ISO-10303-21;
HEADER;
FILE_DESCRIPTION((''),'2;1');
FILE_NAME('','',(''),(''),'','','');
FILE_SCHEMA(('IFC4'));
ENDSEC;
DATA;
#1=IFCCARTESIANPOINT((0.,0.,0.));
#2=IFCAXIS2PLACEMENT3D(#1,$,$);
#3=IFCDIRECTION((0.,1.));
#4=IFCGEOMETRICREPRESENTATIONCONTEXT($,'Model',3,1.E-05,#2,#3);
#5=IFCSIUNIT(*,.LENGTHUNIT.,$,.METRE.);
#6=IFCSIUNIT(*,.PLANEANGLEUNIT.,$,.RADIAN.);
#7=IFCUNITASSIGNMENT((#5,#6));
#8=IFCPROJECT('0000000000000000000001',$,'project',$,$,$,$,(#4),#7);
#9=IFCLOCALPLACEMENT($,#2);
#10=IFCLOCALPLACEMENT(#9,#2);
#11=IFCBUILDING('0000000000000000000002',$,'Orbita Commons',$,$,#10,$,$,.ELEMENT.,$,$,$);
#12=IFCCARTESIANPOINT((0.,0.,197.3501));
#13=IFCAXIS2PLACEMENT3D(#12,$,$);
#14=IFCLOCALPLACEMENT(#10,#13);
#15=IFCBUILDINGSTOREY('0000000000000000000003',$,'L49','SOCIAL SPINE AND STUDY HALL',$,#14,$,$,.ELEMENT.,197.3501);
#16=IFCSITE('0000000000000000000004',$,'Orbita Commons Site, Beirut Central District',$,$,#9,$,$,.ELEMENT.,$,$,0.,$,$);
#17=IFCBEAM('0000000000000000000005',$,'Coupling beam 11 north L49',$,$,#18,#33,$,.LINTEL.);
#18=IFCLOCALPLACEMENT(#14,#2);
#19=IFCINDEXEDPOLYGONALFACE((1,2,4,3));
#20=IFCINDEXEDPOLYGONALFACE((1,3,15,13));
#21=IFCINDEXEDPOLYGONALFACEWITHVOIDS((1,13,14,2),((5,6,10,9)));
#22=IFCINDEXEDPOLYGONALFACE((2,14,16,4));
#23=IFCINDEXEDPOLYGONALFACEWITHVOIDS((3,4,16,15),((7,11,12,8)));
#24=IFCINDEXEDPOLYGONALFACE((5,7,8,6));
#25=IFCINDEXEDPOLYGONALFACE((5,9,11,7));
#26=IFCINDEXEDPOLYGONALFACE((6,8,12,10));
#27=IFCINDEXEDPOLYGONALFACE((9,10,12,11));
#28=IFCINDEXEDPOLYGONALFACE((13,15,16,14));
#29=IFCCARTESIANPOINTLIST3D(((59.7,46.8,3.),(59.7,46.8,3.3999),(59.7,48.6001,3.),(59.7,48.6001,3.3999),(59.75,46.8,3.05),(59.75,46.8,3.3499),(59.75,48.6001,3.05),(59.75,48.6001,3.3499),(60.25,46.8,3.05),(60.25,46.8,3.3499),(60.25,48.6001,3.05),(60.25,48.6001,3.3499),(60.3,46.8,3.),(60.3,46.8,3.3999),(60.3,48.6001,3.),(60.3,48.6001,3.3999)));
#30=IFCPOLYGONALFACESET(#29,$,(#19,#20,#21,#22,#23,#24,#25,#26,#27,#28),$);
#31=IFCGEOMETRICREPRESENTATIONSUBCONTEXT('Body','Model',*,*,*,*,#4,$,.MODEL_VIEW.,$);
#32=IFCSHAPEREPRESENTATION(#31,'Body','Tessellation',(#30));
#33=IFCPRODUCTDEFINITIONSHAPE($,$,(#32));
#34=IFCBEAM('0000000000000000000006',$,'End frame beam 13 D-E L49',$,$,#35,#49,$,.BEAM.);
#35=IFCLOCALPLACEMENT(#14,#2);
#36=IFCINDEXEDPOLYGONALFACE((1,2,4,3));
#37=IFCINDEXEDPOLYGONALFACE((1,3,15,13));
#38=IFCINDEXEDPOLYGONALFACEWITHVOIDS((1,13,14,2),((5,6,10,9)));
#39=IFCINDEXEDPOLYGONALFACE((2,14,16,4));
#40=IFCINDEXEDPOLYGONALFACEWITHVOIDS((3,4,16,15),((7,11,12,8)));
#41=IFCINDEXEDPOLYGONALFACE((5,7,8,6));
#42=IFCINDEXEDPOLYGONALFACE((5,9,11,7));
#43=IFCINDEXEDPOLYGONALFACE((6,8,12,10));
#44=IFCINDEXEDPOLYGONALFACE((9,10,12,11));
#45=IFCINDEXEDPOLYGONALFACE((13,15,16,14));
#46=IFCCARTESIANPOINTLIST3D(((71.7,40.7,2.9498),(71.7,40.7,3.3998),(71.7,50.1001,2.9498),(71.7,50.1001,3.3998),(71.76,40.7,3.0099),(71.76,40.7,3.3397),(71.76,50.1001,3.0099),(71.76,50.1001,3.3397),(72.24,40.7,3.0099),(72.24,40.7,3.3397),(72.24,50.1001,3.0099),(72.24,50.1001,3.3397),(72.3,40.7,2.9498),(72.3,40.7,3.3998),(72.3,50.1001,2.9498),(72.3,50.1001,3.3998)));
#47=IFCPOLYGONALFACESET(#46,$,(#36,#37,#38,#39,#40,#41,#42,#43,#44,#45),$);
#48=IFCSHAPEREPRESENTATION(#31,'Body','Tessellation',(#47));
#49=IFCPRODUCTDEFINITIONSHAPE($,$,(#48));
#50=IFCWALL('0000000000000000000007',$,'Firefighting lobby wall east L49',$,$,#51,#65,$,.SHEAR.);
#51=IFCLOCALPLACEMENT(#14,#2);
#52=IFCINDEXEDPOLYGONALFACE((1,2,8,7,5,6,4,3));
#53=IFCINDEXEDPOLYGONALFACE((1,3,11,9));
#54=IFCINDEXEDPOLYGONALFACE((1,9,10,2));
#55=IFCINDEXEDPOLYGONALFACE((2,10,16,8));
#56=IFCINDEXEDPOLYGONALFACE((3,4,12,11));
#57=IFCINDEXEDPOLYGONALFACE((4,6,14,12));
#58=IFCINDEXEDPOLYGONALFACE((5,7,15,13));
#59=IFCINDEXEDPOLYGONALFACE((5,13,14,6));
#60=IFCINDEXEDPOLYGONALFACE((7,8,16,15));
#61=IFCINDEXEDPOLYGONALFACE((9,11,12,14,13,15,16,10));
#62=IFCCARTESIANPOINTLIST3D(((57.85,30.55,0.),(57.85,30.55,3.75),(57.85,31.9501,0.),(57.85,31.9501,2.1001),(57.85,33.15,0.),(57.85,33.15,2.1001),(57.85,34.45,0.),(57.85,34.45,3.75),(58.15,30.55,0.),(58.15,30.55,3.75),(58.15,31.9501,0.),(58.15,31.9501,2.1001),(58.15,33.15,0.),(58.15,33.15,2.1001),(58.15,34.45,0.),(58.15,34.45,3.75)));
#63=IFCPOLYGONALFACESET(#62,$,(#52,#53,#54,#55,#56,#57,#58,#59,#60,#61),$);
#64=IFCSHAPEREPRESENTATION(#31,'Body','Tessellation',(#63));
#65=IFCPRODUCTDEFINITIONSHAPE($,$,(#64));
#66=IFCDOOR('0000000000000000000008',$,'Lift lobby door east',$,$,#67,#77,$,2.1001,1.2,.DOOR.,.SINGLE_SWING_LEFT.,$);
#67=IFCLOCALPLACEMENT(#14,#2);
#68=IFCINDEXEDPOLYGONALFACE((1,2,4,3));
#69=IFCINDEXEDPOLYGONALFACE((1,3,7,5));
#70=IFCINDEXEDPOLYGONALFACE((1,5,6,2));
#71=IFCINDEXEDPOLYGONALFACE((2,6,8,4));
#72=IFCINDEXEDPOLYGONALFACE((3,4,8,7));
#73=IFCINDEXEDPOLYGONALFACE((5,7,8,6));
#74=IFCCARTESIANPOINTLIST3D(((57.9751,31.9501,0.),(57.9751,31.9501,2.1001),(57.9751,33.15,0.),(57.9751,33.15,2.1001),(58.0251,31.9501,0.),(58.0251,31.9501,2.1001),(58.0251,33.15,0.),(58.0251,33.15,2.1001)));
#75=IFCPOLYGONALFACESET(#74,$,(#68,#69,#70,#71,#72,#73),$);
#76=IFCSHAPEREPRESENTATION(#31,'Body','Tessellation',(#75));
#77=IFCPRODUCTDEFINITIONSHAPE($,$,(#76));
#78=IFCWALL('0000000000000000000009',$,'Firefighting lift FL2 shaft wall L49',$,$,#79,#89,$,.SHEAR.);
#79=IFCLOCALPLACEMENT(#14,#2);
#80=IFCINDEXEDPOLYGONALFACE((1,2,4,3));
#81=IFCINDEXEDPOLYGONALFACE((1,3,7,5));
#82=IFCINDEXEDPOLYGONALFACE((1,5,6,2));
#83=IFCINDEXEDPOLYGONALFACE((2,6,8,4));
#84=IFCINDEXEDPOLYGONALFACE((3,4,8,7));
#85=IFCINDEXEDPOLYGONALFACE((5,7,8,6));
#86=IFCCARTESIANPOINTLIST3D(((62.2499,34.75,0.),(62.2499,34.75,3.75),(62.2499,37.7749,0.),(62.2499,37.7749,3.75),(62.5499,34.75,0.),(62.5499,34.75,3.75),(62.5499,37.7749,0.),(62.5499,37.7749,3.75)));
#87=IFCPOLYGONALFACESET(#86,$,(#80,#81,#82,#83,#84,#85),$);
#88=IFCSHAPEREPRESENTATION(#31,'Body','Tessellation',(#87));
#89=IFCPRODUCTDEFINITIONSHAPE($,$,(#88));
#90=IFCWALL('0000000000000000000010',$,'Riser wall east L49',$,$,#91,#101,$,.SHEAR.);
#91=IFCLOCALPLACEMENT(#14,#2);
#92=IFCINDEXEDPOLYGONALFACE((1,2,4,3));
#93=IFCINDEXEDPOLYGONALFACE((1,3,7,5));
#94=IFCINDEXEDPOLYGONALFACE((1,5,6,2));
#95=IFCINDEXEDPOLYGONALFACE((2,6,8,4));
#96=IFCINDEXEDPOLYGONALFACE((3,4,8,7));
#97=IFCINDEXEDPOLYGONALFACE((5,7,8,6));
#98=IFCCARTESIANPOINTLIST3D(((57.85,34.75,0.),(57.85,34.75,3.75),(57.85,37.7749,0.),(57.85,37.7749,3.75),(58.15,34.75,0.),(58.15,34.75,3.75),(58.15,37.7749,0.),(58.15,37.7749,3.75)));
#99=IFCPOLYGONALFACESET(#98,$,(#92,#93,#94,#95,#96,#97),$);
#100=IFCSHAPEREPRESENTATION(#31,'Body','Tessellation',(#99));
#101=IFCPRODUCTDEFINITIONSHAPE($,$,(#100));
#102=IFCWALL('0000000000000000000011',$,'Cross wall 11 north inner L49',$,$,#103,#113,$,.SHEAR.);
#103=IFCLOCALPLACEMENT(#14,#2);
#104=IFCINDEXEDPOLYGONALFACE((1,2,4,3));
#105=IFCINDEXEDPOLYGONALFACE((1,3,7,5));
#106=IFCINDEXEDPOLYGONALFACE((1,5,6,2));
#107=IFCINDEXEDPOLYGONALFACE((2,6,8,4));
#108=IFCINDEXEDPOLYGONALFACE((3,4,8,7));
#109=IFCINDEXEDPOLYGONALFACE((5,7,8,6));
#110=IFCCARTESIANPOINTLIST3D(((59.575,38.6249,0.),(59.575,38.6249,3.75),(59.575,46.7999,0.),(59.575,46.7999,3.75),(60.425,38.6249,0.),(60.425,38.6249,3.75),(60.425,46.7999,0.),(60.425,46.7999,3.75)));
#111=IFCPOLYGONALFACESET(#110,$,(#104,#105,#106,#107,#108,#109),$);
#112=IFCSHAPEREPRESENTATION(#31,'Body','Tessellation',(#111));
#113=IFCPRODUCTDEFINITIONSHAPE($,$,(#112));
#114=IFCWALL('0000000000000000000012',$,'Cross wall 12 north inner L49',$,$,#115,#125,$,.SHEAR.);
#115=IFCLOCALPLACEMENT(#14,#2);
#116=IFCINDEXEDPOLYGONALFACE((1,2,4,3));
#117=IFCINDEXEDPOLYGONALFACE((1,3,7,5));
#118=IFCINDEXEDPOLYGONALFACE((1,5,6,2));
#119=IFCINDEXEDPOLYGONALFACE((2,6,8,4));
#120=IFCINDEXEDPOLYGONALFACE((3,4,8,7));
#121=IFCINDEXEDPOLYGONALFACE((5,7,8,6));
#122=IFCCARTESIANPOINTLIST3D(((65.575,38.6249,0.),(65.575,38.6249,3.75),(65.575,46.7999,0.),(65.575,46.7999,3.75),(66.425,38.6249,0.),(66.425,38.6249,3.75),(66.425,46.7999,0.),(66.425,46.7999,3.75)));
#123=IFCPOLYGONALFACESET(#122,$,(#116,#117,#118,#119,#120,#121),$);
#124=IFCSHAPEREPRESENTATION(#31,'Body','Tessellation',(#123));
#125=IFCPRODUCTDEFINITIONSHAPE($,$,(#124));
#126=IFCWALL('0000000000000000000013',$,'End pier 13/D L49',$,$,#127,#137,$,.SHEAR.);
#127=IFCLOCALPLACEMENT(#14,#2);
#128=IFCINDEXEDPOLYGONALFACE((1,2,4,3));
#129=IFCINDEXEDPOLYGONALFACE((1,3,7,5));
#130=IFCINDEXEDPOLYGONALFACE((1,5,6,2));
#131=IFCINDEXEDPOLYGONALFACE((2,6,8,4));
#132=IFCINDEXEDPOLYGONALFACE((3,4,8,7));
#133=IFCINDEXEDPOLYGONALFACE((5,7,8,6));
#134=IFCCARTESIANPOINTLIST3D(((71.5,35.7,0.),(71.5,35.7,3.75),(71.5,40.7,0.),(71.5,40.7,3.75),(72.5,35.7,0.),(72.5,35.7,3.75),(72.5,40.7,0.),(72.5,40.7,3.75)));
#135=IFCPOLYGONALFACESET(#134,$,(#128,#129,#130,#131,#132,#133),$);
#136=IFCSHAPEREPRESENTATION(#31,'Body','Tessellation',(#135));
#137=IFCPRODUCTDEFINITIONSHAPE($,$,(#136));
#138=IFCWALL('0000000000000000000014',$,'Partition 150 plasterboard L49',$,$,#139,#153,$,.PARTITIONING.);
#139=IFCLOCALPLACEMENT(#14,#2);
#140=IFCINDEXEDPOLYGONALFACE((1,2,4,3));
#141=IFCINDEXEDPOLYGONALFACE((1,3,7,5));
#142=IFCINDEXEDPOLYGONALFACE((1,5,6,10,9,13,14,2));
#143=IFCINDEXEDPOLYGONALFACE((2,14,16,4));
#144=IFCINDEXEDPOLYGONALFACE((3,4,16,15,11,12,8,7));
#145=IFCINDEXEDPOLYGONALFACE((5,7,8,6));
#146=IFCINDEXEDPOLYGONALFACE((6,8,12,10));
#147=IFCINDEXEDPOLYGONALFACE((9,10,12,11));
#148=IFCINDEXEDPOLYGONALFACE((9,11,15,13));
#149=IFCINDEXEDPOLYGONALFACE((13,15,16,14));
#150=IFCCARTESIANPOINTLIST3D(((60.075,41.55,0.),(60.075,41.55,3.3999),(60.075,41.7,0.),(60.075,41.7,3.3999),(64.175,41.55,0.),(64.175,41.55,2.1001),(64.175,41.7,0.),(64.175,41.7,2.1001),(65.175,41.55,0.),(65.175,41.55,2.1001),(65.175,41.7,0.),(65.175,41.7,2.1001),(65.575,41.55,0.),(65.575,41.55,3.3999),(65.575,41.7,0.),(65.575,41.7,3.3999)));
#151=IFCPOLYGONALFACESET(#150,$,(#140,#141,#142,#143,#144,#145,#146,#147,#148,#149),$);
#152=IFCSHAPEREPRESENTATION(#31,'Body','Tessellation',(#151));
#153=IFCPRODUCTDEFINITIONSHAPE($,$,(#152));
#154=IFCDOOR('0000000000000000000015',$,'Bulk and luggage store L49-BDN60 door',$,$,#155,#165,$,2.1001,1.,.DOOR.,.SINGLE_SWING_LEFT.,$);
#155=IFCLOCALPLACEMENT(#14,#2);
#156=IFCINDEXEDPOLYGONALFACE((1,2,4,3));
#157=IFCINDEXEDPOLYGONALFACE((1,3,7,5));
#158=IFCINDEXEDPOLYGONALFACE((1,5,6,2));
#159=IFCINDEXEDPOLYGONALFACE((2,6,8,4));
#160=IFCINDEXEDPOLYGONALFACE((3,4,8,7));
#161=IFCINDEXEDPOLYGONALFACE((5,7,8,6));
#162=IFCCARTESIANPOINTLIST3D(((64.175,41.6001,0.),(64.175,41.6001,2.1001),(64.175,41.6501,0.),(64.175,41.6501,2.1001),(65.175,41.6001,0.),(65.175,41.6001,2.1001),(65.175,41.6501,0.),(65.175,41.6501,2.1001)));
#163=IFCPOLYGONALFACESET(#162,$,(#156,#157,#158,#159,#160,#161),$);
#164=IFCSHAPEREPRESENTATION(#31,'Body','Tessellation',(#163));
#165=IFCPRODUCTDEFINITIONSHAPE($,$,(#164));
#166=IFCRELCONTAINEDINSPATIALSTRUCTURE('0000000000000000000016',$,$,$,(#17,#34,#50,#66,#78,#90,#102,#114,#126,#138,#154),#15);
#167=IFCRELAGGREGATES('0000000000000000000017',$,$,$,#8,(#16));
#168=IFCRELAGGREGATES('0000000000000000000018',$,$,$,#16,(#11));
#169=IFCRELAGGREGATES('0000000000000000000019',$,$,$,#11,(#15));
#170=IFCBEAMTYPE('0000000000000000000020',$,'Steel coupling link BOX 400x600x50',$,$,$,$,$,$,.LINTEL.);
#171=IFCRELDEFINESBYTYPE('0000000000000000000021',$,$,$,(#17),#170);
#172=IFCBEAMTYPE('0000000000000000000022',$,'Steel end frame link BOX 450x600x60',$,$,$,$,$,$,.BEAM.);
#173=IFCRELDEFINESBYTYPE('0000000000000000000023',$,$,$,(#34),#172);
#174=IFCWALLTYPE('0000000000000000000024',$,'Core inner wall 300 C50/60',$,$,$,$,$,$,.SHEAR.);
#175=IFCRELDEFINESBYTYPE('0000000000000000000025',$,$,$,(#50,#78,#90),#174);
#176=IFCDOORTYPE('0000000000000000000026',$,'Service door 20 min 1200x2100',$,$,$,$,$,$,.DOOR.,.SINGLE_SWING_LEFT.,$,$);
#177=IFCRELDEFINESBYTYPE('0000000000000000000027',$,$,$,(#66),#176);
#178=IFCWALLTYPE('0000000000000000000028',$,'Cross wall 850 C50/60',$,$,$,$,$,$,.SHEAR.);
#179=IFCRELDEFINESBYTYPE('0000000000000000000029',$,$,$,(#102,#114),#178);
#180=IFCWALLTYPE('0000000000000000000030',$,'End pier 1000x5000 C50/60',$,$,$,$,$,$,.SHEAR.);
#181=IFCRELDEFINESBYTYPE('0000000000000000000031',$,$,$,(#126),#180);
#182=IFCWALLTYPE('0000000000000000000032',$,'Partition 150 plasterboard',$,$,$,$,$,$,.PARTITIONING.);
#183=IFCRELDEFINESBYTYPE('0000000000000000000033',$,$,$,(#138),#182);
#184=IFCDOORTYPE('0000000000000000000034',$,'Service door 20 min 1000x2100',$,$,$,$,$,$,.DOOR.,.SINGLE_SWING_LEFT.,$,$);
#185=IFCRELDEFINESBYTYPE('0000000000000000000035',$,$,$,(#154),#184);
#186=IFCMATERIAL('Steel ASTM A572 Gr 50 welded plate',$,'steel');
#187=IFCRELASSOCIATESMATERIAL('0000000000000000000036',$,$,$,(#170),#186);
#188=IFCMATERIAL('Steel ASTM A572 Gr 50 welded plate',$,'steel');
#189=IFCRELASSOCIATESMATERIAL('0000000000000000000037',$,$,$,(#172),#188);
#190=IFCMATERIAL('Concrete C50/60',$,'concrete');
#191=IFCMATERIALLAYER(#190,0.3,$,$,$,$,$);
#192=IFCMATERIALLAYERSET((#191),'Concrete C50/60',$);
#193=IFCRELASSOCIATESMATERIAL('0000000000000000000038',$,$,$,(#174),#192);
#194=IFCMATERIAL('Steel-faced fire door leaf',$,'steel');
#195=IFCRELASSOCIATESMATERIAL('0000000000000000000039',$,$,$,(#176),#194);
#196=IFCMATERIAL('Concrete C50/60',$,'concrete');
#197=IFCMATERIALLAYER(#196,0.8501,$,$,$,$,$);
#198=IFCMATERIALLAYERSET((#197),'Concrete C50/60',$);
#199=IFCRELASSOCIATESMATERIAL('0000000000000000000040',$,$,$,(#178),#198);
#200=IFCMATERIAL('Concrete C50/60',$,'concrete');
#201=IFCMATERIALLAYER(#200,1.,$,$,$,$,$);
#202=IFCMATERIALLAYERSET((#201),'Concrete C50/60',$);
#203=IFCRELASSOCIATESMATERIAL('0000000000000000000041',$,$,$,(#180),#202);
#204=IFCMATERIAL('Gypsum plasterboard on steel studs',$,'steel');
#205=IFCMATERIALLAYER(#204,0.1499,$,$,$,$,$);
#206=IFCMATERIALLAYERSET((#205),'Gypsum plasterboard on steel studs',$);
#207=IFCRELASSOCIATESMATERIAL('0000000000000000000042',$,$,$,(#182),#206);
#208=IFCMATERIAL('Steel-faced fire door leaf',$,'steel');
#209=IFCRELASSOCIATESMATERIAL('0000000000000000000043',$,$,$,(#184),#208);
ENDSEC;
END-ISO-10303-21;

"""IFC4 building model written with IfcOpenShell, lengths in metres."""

from ifc_helpers import new_model, si_unit, direction, frame, frame_2d, origin, origin_2d, place, context, subcontext, project, spatial, rectangle, hollow_rectangle, extrude, material, layer, layer_set, material_profile, profile_set, type_object, element, fill, save


model = new_model("IFC4")

# Units and contexts
model_context = context("Model", 3, precision=1e-05, world=origin(), true_north=direction((0.0, 1.0)))
body_context = subcontext(model_context, "Body", "Model", "MODEL_VIEW")
ifc_project = project(units=[si_unit("LENGTHUNIT", "METRE"), si_unit("PLANEANGLEUNIT", "RADIAN")], contexts=[model_context])

# Site, building, storey
site_placement = place(None, origin())
site = spatial("IfcSite", under=ifc_project, at=site_placement, Name="Orbita Commons Site, Beirut Central District", CompositionType="ELEMENT", RefElevation=0.0)
building_placement = place(site_placement, origin())
building = spatial("IfcBuilding", under=site, at=building_placement, Name="Orbita Commons", CompositionType="ELEMENT")
storey_placement = place(building_placement, frame((0.0, 0.0, 197.3501)))
storey = spatial("IfcBuildingStorey", under=building, at=storey_placement, Name="L49", Description="SOCIAL SPINE AND STUDY HALL", CompositionType="ELEMENT", Elevation=197.3501)

# Beams
ifc_material_1 = material(Name="Steel ASTM A572 Gr 50 welded plate", Category="steel")
ifc_material_profile_1 = material_profile(ifc_material_1, hollow_rectangle(XDim=0.6001, YDim=0.3999, WallThickness=0.05, at=origin_2d()), Name="BOX 400x600x50")
ifc_profile_set_1 = profile_set([ifc_material_profile_1], Name="Steel ASTM A572 Gr 50 welded plate")
beam_type_1 = type_object("IfcBeamType", Name="Steel coupling link BOX 400x600x50", PredefinedType="LINTEL", material=ifc_profile_set_1)
beam_1_placement = place(storey_placement, frame((60.0, 46.8, 3.2), z_axis=(0.0, 1.0, 0.0), x_axis=(-1.0, 0.0, 0.0)))
element("IfcBeam", 1, at=beam_1_placement, inside=storey, type_object=beam_type_1, Name="Coupling beam 11 north L49", PredefinedType="LINTEL", context=body_context, shape_type="SweptSolid", body=[
    extrude(hollow_rectangle(XDim=0.6001, YDim=0.3999, WallThickness=0.05, at=origin_2d()), origin(), (0.0, 0.0, 1.0), 1.8),
])
ifc_material_2 = material(Name="Steel ASTM A572 Gr 50 welded plate", Category="steel")
ifc_material_profile_2 = material_profile(ifc_material_2, hollow_rectangle(XDim=0.6001, YDim=0.45, WallThickness=0.0601, at=origin_2d()), Name="BOX 450x600x60")
ifc_profile_set_2 = profile_set([ifc_material_profile_2], Name="Steel ASTM A572 Gr 50 welded plate")
beam_type_2 = type_object("IfcBeamType", Name="Steel end frame link BOX 450x600x60", PredefinedType="BEAM", material=ifc_profile_set_2)
beam_2_placement = place(storey_placement, frame((72.0, 40.7, 3.1748), z_axis=(0.0, 1.0, 0.0), x_axis=(-1.0, 0.0, 0.0)))
element("IfcBeam", 2, at=beam_2_placement, inside=storey, type_object=beam_type_2, Name="End frame beam 13 D-E L49", PredefinedType="BEAM", context=body_context, shape_type="SweptSolid", body=[
    extrude(hollow_rectangle(XDim=0.6001, YDim=0.45, WallThickness=0.0601, at=origin_2d()), origin(), (0.0, 0.0, 1.0), 9.4001),
])

# Wall, opening, door
ifc_material_3 = material(Name="Concrete C50/60", Category="concrete")
ifc_layer_1 = layer(ifc_material_3, 0.3)
ifc_layer_set_1 = layer_set([ifc_layer_1], Name="Concrete C50/60")
wall_type_1 = type_object("IfcWallType", Name="Core inner wall 300 C50/60", PredefinedType="SHEAR", material=ifc_layer_set_1)
wall_1_placement = place(storey_placement, frame((58.0, 30.55, 0.0), z_axis=(0.0, 0.0, 1.0), x_axis=(0.0, 1.0, 0.0)))
wall_1 = element("IfcWall", 3, at=wall_1_placement, inside=storey, type_object=wall_type_1, Name="Firefighting lobby wall east L49", PredefinedType="SHEAR", context=body_context, shape_type="SweptSolid", body=[
    extrude(rectangle(XDim=3.8999, YDim=0.3, at=frame_2d((1.95, 0.0))), origin(), (0.0, 0.0, 1.0), 3.75),
])
opening_1_placement = place(wall_1_placement, frame((1.3999, 0.0, 0.0)))
opening_1 = element("IfcOpeningElement", 4, at=opening_1_placement, cuts=wall_1, PredefinedType="OPENING", context=body_context, shape_type="SweptSolid", body=[
    extrude(rectangle(XDim=1.2, YDim=2.1001, at=frame_2d((0.6001, 1.05))), frame((0.0, 0.1599, 0.0), z_axis=(0.0, -1.0, 0.0), x_axis=(1.0, 0.0, 0.0)), (0.0, 0.0, 1.0), 0.3201),
])
ifc_material_4 = material(Name="Steel-faced fire door leaf", Category="steel")
door_type_1 = type_object("IfcDoorType", Name="Service door 20 min 1200x2100", OperationType="SINGLE_SWING_LEFT", PredefinedType="DOOR", material=ifc_material_4)
door_1_placement = place(opening_1_placement, origin())
door_1 = element("IfcDoor", 5, at=door_1_placement, inside=storey, type_object=door_type_1, Name="Lift lobby door east", OperationType="SINGLE_SWING_LEFT", OverallHeight=2.1001, OverallWidth=1.2, PredefinedType="DOOR", context=body_context, shape_type="SweptSolid", body=[
    extrude(rectangle(XDim=1.2, YDim=2.1001, at=frame_2d((0.6001, 1.05))), frame((0.0, 0.0249, 0.0), z_axis=(0.0, -1.0, 0.0), x_axis=(1.0, 0.0, 0.0)), (0.0, 0.0, 1.0), 0.05),
])
fill(opening_1, door_1)

# Walls
for number, where, z_axis, x_axis, name in (
    (6, (62.3999, 34.75, 0.0), (0.0, 0.0, 1.0), (0.0, 1.0, 0.0), "Firefighting lift FL2 shaft wall L49"),
    (7, (58.0, 34.75, 0.0), (0.0, 0.0, 1.0), (0.0, 1.0, 0.0), "Riser wall east L49"),
):
    element("IfcWall", number, at=place(storey_placement, frame(where, z_axis=z_axis, x_axis=x_axis)), inside=storey, type_object=wall_type_1, Name=name, PredefinedType="SHEAR", context=body_context, shape_type="SweptSolid", body=[
        extrude(rectangle(XDim=3.0249, YDim=0.3, at=frame_2d((1.5125, 0.0))), origin(), (0.0, 0.0, 1.0), 3.75),
    ])
ifc_material_5 = material(Name="Concrete C50/60", Category="concrete")
ifc_layer_2 = layer(ifc_material_5, 0.8501)
ifc_layer_set_2 = layer_set([ifc_layer_2], Name="Concrete C50/60")
wall_type_2 = type_object("IfcWallType", Name="Cross wall 850 C50/60", PredefinedType="SHEAR", material=ifc_layer_set_2)
for number, where, z_axis, x_axis, name in (
    (8, (60.0, 38.625, 0.0), (0.0, 0.0, 1.0), (0.0, 1.0, 0.0), "Cross wall 11 north inner L49"),
    (9, (66.0, 38.625, 0.0), (0.0, 0.0, 1.0), (0.0, 1.0, 0.0), "Cross wall 12 north inner L49"),
):
    element("IfcWall", number, at=place(storey_placement, frame(where, z_axis=z_axis, x_axis=x_axis)), inside=storey, type_object=wall_type_2, Name=name, PredefinedType="SHEAR", context=body_context, shape_type="SweptSolid", body=[
        extrude(rectangle(XDim=8.175, YDim=0.8501, at=frame_2d((4.0874, 0.0))), origin(), (0.0, 0.0, 1.0), 3.75),
    ])
ifc_material_6 = material(Name="Concrete C50/60", Category="concrete")
ifc_layer_3 = layer(ifc_material_6, 1.0)
ifc_layer_set_3 = layer_set([ifc_layer_3], Name="Concrete C50/60")
wall_type_3 = type_object("IfcWallType", Name="End pier 1000x5000 C50/60", PredefinedType="SHEAR", material=ifc_layer_set_3)
wall_2_placement = place(storey_placement, frame((72.0, 35.7, 0.0), z_axis=(0.0, 0.0, 1.0), x_axis=(0.0, 1.0, 0.0)))
element("IfcWall", 10, at=wall_2_placement, inside=storey, type_object=wall_type_3, Name="End pier 13/D L49", PredefinedType="SHEAR", context=body_context, shape_type="SweptSolid", body=[
    extrude(rectangle(XDim=5.0, YDim=1.0, at=frame_2d((2.5, 0.0))), origin(), (0.0, 0.0, 1.0), 3.75),
])

# Wall, opening, door
ifc_material_7 = material(Name="Gypsum plasterboard on steel studs", Category="steel")
ifc_layer_4 = layer(ifc_material_7, 0.1499)
ifc_layer_set_4 = layer_set([ifc_layer_4], Name="Gypsum plasterboard on steel studs")
wall_type_4 = type_object("IfcWallType", Name="Partition 150 plasterboard", PredefinedType="PARTITIONING", material=ifc_layer_set_4)
wall_3_placement = place(storey_placement, frame((65.575, 41.625, 0.0), z_axis=(0.0, 0.0, 1.0), x_axis=(-1.0, 0.0, 0.0)))
wall_3 = element("IfcWall", 11, at=wall_3_placement, inside=storey, type_object=wall_type_4, Name="Partition 150 plasterboard L49", PredefinedType="PARTITIONING", context=body_context, shape_type="SweptSolid", body=[
    extrude(rectangle(XDim=5.5, YDim=0.1499, at=frame_2d((2.75, 0.0))), origin(), (0.0, 0.0, 1.0), 3.3999),
])
opening_2_placement = place(wall_3_placement, frame((0.3999, 0.0, 0.0)))
opening_2 = element("IfcOpeningElement", 12, at=opening_2_placement, cuts=wall_3, PredefinedType="OPENING", context=body_context, shape_type="SweptSolid", body=[
    extrude(rectangle(XDim=1.0, YDim=2.1001, at=frame_2d((0.5, 1.05))), frame((0.0, 0.085, 0.0), z_axis=(0.0, -1.0, 0.0), x_axis=(1.0, 0.0, 0.0)), (0.0, 0.0, 1.0), 0.1699),
])
ifc_material_8 = material(Name="Steel-faced fire door leaf", Category="steel")
door_type_2 = type_object("IfcDoorType", Name="Service door 20 min 1000x2100", OperationType="SINGLE_SWING_LEFT", PredefinedType="DOOR", material=ifc_material_8)
door_2_placement = place(opening_2_placement, origin())
door_2 = element("IfcDoor", 13, at=door_2_placement, inside=storey, type_object=door_type_2, Name="Bulk and luggage store L49-BDN60 door", OperationType="SINGLE_SWING_LEFT", OverallHeight=2.1001, OverallWidth=1.0, PredefinedType="DOOR", context=body_context, shape_type="SweptSolid", body=[
    extrude(rectangle(XDim=1.0, YDim=2.1001, at=frame_2d((0.5, 1.05))), frame((0.0, 0.0249, 0.0), z_axis=(0.0, -1.0, 0.0), x_axis=(1.0, 0.0, 0.0)), (0.0, 0.0, 1.0), 0.05),
])
fill(opening_2, door_2)

save(model, "model.ifc")
